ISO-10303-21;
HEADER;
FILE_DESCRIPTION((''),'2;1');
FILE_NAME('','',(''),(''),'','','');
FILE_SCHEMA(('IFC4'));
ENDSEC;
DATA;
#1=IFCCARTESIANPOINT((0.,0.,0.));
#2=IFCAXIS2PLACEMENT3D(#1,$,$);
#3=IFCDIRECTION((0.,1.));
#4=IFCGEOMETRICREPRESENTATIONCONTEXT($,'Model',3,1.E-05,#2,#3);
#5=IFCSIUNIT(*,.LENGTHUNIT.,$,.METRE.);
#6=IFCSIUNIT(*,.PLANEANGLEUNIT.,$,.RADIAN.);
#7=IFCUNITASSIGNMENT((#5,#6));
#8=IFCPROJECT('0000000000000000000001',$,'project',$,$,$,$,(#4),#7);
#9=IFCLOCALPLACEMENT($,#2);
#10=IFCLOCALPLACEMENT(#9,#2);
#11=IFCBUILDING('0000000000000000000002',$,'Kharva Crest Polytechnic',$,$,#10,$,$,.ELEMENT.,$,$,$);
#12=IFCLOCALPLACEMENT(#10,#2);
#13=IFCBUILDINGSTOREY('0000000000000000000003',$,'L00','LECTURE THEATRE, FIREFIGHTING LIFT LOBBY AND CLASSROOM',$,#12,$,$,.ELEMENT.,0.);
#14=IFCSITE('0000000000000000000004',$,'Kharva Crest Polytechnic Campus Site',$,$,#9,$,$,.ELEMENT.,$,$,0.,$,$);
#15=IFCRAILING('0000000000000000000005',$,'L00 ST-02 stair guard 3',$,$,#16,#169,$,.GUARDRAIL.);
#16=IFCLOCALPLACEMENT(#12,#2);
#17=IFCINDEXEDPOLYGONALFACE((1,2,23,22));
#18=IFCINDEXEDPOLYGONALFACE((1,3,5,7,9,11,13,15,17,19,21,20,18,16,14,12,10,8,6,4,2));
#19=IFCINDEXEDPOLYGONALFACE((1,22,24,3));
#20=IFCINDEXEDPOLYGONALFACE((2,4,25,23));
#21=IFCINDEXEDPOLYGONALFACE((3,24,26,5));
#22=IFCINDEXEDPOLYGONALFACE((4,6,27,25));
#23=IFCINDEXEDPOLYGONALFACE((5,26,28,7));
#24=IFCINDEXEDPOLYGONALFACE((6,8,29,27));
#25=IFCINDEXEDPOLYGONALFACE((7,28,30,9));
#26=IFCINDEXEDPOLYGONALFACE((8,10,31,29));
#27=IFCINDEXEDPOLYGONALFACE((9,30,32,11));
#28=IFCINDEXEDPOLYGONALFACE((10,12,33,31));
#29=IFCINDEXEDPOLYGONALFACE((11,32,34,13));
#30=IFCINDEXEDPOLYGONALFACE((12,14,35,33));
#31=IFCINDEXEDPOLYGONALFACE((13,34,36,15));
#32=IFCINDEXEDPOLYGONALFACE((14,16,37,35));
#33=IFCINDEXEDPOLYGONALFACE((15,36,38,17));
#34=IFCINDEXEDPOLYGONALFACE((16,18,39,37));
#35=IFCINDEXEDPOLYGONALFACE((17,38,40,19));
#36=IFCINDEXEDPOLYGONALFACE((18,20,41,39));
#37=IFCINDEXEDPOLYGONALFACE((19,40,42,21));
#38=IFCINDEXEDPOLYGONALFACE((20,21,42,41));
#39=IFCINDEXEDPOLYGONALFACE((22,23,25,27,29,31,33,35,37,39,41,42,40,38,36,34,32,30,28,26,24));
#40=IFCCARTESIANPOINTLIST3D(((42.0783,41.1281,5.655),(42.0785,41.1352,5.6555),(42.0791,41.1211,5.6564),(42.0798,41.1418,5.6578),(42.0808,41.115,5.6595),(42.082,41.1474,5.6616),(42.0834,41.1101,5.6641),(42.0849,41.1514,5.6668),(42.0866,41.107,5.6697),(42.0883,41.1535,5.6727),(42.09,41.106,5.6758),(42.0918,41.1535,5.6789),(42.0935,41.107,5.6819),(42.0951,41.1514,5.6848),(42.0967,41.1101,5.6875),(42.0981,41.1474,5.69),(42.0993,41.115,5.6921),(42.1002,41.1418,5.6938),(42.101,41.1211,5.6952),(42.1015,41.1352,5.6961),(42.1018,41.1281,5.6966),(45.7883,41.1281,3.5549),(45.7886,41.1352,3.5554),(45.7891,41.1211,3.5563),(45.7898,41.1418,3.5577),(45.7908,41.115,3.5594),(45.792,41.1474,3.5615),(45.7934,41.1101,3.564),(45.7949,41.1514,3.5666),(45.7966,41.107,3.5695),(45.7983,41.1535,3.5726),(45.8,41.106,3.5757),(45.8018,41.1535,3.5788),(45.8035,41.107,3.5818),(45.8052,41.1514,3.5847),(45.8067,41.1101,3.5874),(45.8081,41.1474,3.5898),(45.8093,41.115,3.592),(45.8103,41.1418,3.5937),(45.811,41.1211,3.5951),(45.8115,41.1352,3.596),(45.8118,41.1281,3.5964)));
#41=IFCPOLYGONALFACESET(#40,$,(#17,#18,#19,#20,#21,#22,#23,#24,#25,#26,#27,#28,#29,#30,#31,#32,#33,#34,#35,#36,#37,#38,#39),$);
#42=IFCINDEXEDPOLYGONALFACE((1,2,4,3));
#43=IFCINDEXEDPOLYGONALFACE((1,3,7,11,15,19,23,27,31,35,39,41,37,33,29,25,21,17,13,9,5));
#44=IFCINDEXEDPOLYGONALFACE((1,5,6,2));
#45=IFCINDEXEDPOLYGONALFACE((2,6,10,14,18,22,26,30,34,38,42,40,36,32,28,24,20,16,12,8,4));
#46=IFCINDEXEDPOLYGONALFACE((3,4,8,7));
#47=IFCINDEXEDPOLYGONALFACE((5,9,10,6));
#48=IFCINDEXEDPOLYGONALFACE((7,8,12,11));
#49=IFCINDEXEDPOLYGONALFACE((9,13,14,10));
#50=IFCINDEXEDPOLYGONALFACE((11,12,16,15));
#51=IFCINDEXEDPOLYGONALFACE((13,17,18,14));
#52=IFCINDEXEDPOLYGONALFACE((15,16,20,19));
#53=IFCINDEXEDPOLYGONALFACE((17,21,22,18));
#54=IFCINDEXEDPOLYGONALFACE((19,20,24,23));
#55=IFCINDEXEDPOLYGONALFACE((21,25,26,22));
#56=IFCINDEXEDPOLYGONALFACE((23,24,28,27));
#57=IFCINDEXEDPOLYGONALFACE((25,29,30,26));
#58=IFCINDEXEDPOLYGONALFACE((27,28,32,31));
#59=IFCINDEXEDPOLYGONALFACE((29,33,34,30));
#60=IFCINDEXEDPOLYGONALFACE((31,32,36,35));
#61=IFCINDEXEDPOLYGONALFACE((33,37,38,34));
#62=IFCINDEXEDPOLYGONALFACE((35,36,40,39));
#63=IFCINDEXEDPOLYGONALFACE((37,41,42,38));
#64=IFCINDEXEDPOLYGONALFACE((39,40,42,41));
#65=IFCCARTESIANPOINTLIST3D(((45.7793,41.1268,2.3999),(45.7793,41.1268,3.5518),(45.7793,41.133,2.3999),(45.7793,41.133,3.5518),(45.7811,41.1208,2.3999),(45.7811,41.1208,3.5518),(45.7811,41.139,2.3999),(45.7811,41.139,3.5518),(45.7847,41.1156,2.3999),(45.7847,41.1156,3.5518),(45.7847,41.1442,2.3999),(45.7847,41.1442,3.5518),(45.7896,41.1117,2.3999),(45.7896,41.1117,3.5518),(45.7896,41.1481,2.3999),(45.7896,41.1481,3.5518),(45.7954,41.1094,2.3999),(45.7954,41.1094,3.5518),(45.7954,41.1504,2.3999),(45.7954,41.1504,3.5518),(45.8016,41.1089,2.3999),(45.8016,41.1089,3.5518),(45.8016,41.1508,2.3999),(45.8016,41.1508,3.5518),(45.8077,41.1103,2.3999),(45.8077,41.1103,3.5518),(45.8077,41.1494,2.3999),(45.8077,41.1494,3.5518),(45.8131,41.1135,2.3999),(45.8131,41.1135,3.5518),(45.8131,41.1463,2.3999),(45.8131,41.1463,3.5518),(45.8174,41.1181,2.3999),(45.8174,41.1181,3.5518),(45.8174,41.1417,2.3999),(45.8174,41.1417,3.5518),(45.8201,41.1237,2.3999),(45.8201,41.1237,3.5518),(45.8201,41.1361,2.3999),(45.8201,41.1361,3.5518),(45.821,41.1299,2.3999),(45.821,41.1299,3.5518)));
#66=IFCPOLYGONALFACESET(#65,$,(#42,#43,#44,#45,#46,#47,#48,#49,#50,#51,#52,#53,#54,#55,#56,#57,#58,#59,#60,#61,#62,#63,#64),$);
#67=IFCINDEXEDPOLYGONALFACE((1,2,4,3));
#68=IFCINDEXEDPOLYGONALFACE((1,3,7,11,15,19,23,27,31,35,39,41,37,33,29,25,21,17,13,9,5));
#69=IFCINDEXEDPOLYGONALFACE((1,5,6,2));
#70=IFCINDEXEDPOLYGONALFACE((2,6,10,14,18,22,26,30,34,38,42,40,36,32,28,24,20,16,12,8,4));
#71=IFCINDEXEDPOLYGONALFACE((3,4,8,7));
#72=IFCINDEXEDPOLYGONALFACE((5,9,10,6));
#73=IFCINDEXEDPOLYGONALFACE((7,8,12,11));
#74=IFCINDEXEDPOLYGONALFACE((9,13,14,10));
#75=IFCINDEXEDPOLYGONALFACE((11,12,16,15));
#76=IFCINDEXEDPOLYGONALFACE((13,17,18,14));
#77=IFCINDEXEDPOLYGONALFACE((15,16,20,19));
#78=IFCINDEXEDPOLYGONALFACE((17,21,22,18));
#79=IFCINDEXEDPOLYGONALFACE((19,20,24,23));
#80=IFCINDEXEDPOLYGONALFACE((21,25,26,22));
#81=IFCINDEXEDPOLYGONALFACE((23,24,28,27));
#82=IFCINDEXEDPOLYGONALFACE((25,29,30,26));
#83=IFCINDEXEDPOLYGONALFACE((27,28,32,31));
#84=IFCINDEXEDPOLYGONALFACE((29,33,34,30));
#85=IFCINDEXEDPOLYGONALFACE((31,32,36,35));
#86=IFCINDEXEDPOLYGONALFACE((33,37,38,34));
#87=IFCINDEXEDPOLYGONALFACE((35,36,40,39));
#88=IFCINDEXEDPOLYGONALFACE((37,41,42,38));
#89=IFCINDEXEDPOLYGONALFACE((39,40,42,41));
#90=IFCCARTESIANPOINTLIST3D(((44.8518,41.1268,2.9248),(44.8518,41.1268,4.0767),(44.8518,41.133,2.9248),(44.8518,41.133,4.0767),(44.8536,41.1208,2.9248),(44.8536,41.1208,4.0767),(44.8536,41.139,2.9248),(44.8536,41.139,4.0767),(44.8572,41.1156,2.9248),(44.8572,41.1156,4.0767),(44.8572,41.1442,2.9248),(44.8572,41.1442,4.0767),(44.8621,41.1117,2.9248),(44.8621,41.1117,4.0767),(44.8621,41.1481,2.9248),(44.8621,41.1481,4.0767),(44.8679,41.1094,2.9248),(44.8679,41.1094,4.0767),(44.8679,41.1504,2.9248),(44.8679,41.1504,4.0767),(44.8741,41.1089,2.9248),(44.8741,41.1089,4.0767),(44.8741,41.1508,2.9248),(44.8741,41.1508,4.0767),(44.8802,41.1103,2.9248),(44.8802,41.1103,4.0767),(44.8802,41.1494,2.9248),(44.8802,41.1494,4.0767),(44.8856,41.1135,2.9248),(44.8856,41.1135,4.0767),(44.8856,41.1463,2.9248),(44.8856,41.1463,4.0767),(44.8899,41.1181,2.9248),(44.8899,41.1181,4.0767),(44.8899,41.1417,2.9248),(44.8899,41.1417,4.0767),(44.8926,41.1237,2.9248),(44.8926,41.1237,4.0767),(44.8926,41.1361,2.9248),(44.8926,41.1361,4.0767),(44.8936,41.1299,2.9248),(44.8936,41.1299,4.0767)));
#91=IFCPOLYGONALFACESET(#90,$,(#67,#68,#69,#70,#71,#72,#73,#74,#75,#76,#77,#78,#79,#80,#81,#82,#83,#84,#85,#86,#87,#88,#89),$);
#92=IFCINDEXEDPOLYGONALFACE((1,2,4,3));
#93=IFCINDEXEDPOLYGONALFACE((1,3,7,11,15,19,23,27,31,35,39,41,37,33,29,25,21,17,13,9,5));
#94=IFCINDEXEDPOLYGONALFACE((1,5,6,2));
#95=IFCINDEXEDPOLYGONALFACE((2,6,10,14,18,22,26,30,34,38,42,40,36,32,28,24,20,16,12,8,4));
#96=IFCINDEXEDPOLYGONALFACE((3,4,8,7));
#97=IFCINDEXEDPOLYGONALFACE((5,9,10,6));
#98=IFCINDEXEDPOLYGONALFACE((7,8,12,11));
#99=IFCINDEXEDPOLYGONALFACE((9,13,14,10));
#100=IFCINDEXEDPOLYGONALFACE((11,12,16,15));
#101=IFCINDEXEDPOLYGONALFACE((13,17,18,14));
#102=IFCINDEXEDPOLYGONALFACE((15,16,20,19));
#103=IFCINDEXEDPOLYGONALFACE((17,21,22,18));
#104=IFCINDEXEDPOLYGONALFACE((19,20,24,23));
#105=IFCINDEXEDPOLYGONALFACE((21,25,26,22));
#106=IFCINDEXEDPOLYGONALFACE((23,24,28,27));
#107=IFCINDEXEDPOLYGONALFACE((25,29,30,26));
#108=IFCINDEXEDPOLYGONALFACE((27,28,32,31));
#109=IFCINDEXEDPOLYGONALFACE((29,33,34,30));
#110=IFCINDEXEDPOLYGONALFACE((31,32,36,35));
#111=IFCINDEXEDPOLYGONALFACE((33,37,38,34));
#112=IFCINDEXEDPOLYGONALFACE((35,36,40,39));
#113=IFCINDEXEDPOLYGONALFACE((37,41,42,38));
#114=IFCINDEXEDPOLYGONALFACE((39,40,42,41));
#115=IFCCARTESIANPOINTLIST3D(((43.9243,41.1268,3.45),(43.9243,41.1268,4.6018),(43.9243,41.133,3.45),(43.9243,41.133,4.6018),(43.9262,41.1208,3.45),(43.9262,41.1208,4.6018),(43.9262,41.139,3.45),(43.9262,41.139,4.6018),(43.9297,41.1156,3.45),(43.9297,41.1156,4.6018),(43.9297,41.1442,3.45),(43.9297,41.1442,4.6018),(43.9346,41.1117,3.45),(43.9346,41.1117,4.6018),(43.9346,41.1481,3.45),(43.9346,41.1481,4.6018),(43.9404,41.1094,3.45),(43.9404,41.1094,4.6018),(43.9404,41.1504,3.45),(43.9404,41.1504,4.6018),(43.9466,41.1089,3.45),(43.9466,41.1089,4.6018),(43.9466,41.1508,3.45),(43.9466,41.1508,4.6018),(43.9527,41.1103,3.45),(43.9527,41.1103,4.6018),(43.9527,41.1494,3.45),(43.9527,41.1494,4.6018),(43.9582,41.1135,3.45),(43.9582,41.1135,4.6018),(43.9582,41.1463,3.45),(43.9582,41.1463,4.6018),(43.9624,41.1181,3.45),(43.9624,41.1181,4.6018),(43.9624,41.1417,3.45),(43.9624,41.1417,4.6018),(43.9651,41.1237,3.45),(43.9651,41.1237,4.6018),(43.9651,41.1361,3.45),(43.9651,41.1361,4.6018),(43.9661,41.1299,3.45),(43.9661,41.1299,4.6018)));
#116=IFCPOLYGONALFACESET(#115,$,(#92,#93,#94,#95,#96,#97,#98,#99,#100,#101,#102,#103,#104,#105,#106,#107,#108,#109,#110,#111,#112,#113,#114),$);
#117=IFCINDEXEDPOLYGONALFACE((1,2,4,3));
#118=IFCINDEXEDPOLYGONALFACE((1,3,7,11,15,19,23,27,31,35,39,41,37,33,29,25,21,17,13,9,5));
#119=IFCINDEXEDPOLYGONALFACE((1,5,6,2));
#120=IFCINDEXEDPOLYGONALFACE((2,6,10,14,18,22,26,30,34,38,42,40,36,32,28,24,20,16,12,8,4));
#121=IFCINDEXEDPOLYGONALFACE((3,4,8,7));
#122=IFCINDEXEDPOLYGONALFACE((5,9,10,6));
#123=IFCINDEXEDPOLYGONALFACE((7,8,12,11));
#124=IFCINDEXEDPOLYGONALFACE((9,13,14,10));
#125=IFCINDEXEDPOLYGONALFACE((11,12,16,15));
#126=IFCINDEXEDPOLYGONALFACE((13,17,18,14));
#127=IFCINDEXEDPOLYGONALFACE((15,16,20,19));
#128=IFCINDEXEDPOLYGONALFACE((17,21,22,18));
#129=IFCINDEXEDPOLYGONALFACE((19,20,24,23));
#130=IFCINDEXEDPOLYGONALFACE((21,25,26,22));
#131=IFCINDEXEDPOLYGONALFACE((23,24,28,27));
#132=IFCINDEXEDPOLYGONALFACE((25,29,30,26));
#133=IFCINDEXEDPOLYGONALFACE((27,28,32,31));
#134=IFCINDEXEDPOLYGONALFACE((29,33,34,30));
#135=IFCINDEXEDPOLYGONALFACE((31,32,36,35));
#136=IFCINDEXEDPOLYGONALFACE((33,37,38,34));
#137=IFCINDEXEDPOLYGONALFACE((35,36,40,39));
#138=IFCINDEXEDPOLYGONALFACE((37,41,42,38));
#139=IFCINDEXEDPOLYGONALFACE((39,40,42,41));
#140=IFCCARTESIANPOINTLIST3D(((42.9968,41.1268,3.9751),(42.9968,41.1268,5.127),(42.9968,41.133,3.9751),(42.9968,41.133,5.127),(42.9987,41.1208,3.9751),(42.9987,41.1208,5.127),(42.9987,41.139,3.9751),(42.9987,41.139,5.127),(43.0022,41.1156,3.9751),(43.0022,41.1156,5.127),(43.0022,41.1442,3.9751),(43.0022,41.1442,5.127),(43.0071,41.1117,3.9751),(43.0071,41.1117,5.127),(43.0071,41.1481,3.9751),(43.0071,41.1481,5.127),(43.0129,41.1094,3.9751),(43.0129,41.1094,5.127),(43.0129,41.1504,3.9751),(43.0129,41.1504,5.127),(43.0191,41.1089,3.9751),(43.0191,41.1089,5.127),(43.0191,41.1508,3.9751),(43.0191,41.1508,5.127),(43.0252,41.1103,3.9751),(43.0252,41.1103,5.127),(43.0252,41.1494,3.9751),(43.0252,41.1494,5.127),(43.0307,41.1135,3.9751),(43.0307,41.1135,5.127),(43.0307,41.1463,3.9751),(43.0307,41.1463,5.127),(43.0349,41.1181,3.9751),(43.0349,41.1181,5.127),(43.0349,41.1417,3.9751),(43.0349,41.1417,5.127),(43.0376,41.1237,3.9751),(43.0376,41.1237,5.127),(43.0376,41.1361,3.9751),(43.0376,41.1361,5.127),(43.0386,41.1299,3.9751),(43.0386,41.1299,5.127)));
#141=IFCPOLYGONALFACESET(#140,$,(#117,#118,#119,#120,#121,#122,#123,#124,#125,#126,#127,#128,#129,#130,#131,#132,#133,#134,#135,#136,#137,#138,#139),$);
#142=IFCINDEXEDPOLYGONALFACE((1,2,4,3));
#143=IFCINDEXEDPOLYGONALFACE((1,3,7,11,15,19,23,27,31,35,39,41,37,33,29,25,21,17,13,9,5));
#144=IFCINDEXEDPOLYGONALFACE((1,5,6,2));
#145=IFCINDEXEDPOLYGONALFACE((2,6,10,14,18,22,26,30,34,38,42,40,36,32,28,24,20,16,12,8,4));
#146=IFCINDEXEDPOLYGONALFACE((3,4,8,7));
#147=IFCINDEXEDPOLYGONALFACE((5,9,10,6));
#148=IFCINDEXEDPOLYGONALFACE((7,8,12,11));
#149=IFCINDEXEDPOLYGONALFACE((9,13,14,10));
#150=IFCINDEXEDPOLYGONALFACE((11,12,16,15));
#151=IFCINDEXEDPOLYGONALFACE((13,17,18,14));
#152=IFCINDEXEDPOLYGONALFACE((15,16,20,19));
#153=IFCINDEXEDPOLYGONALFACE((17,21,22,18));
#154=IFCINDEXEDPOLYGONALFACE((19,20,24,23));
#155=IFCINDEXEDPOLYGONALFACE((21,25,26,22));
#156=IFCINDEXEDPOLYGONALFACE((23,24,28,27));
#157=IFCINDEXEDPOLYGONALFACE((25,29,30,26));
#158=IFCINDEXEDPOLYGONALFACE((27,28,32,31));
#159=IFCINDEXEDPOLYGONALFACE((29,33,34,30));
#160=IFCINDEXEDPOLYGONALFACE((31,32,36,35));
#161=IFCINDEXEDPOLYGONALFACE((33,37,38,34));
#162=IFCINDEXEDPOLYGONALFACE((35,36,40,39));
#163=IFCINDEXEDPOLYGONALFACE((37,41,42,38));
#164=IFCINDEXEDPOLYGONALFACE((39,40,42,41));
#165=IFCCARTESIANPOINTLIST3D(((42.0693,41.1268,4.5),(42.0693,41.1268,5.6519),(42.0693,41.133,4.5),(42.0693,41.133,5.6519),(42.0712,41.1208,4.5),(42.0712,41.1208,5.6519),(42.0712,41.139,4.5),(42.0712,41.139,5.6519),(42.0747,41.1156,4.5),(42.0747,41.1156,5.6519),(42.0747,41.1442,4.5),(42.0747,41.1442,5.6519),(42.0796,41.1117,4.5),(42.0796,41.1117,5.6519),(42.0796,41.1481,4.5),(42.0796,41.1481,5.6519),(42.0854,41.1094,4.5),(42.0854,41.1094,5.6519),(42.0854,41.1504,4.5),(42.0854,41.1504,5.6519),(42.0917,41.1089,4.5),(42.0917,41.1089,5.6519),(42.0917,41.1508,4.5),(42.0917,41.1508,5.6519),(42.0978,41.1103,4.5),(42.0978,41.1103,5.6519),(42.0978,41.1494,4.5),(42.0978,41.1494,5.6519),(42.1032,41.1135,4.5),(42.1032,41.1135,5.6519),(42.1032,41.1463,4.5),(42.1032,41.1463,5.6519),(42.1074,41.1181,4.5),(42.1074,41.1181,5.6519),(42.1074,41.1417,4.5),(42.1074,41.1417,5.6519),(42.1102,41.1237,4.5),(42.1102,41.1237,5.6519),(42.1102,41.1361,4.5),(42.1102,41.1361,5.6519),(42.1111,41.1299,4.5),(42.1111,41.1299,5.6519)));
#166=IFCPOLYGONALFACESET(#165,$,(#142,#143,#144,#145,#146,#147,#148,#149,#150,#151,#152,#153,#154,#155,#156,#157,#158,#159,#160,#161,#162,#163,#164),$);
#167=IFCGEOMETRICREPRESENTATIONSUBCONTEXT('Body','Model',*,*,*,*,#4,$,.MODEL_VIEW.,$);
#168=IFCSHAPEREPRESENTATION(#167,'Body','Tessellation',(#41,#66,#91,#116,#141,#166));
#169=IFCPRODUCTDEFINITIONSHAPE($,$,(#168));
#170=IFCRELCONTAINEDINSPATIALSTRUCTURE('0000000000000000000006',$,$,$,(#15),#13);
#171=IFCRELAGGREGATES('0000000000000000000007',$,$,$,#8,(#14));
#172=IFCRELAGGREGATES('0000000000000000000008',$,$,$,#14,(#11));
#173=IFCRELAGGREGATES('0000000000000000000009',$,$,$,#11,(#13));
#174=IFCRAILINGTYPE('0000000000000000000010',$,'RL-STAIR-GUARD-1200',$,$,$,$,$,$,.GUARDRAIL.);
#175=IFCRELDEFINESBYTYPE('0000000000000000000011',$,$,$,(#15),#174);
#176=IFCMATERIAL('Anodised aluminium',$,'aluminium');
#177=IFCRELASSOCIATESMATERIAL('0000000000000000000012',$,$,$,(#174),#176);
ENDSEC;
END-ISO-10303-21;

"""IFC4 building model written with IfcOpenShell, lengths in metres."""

from ifc_helpers import new_model, si_unit, direction, frame, origin, origin_2d, place, context, subcontext, project, spatial, circle, extrude, material, type_object, element, save


model = new_model("IFC4")

# Units and contexts
model_context = context("Model", 3, precision=1e-05, world=origin(), true_north=direction((0.0, 1.0)))
body_context = subcontext(model_context, "Body", "Model", "MODEL_VIEW")
ifc_project = project(units=[si_unit("LENGTHUNIT", "METRE"), si_unit("PLANEANGLEUNIT", "RADIAN")], contexts=[model_context])

# Site, building, storey
site_placement = place(None, origin())
site = spatial("IfcSite", under=ifc_project, at=site_placement, Name="Kharva Crest Polytechnic Campus Site", CompositionType="ELEMENT", RefElevation=0.0)
building_placement = place(site_placement, origin())
building = spatial("IfcBuilding", under=site, at=building_placement, Name="Kharva Crest Polytechnic", CompositionType="ELEMENT")
storey_placement = place(building_placement, origin())
storey = spatial("IfcBuildingStorey", under=building, at=storey_placement, Name="L00", Description="LECTURE THEATRE, FIREFIGHTING LIFT LOBBY AND CLASSROOM", CompositionType="ELEMENT", Elevation=0.0)

# Shared definitions
ifc_material_1 = material(Name="Anodised aluminium", Category="aluminium")

# Railing
railing_type_1 = type_object("IfcRailingType", Name="RL-STAIR-GUARD-1200", PredefinedType="GUARDRAIL", material=ifc_material_1)
railing_1_placement = place(storey_placement, frame((45.8, 41.1299, 2.3999)))
element("IfcRailing", 1, at=railing_1_placement, inside=storey, type_object=railing_type_1, Name="L00 ST-02 stair guard 3", PredefinedType="GUARDRAIL", context=body_context, shape_type="SweptSolid", body=[
    extrude(circle(Radius=0.0239, at=origin_2d()), frame((0.0, 0.0, 1.1758), z_axis=(-0.870245, 0.0, 0.492619), x_axis=(0.0, -1.0, 0.0)), (0.0, 0.0, 1.0), 4.2632),
    extrude(circle(Radius=0.021, at=origin_2d()), origin(), (0.0, 0.0, 1.0), 1.1519),
    extrude(circle(Radius=0.021, at=origin_2d()), frame((-0.9275, 0.0, 0.5249)), (0.0, 0.0, 1.0), 1.1519),
    extrude(circle(Radius=0.021, at=origin_2d()), frame((-1.855, 0.0, 1.05)), (0.0, 0.0, 1.0), 1.1519),
    extrude(circle(Radius=0.021, at=origin_2d()), frame((-2.7825, 0.0, 1.5752)), (0.0, 0.0, 1.0), 1.1519),
    extrude(circle(Radius=0.021, at=origin_2d()), frame((-3.71, 0.0, 2.1001)), (0.0, 0.0, 1.0), 1.1519),
])

save(model, "model.ifc")
